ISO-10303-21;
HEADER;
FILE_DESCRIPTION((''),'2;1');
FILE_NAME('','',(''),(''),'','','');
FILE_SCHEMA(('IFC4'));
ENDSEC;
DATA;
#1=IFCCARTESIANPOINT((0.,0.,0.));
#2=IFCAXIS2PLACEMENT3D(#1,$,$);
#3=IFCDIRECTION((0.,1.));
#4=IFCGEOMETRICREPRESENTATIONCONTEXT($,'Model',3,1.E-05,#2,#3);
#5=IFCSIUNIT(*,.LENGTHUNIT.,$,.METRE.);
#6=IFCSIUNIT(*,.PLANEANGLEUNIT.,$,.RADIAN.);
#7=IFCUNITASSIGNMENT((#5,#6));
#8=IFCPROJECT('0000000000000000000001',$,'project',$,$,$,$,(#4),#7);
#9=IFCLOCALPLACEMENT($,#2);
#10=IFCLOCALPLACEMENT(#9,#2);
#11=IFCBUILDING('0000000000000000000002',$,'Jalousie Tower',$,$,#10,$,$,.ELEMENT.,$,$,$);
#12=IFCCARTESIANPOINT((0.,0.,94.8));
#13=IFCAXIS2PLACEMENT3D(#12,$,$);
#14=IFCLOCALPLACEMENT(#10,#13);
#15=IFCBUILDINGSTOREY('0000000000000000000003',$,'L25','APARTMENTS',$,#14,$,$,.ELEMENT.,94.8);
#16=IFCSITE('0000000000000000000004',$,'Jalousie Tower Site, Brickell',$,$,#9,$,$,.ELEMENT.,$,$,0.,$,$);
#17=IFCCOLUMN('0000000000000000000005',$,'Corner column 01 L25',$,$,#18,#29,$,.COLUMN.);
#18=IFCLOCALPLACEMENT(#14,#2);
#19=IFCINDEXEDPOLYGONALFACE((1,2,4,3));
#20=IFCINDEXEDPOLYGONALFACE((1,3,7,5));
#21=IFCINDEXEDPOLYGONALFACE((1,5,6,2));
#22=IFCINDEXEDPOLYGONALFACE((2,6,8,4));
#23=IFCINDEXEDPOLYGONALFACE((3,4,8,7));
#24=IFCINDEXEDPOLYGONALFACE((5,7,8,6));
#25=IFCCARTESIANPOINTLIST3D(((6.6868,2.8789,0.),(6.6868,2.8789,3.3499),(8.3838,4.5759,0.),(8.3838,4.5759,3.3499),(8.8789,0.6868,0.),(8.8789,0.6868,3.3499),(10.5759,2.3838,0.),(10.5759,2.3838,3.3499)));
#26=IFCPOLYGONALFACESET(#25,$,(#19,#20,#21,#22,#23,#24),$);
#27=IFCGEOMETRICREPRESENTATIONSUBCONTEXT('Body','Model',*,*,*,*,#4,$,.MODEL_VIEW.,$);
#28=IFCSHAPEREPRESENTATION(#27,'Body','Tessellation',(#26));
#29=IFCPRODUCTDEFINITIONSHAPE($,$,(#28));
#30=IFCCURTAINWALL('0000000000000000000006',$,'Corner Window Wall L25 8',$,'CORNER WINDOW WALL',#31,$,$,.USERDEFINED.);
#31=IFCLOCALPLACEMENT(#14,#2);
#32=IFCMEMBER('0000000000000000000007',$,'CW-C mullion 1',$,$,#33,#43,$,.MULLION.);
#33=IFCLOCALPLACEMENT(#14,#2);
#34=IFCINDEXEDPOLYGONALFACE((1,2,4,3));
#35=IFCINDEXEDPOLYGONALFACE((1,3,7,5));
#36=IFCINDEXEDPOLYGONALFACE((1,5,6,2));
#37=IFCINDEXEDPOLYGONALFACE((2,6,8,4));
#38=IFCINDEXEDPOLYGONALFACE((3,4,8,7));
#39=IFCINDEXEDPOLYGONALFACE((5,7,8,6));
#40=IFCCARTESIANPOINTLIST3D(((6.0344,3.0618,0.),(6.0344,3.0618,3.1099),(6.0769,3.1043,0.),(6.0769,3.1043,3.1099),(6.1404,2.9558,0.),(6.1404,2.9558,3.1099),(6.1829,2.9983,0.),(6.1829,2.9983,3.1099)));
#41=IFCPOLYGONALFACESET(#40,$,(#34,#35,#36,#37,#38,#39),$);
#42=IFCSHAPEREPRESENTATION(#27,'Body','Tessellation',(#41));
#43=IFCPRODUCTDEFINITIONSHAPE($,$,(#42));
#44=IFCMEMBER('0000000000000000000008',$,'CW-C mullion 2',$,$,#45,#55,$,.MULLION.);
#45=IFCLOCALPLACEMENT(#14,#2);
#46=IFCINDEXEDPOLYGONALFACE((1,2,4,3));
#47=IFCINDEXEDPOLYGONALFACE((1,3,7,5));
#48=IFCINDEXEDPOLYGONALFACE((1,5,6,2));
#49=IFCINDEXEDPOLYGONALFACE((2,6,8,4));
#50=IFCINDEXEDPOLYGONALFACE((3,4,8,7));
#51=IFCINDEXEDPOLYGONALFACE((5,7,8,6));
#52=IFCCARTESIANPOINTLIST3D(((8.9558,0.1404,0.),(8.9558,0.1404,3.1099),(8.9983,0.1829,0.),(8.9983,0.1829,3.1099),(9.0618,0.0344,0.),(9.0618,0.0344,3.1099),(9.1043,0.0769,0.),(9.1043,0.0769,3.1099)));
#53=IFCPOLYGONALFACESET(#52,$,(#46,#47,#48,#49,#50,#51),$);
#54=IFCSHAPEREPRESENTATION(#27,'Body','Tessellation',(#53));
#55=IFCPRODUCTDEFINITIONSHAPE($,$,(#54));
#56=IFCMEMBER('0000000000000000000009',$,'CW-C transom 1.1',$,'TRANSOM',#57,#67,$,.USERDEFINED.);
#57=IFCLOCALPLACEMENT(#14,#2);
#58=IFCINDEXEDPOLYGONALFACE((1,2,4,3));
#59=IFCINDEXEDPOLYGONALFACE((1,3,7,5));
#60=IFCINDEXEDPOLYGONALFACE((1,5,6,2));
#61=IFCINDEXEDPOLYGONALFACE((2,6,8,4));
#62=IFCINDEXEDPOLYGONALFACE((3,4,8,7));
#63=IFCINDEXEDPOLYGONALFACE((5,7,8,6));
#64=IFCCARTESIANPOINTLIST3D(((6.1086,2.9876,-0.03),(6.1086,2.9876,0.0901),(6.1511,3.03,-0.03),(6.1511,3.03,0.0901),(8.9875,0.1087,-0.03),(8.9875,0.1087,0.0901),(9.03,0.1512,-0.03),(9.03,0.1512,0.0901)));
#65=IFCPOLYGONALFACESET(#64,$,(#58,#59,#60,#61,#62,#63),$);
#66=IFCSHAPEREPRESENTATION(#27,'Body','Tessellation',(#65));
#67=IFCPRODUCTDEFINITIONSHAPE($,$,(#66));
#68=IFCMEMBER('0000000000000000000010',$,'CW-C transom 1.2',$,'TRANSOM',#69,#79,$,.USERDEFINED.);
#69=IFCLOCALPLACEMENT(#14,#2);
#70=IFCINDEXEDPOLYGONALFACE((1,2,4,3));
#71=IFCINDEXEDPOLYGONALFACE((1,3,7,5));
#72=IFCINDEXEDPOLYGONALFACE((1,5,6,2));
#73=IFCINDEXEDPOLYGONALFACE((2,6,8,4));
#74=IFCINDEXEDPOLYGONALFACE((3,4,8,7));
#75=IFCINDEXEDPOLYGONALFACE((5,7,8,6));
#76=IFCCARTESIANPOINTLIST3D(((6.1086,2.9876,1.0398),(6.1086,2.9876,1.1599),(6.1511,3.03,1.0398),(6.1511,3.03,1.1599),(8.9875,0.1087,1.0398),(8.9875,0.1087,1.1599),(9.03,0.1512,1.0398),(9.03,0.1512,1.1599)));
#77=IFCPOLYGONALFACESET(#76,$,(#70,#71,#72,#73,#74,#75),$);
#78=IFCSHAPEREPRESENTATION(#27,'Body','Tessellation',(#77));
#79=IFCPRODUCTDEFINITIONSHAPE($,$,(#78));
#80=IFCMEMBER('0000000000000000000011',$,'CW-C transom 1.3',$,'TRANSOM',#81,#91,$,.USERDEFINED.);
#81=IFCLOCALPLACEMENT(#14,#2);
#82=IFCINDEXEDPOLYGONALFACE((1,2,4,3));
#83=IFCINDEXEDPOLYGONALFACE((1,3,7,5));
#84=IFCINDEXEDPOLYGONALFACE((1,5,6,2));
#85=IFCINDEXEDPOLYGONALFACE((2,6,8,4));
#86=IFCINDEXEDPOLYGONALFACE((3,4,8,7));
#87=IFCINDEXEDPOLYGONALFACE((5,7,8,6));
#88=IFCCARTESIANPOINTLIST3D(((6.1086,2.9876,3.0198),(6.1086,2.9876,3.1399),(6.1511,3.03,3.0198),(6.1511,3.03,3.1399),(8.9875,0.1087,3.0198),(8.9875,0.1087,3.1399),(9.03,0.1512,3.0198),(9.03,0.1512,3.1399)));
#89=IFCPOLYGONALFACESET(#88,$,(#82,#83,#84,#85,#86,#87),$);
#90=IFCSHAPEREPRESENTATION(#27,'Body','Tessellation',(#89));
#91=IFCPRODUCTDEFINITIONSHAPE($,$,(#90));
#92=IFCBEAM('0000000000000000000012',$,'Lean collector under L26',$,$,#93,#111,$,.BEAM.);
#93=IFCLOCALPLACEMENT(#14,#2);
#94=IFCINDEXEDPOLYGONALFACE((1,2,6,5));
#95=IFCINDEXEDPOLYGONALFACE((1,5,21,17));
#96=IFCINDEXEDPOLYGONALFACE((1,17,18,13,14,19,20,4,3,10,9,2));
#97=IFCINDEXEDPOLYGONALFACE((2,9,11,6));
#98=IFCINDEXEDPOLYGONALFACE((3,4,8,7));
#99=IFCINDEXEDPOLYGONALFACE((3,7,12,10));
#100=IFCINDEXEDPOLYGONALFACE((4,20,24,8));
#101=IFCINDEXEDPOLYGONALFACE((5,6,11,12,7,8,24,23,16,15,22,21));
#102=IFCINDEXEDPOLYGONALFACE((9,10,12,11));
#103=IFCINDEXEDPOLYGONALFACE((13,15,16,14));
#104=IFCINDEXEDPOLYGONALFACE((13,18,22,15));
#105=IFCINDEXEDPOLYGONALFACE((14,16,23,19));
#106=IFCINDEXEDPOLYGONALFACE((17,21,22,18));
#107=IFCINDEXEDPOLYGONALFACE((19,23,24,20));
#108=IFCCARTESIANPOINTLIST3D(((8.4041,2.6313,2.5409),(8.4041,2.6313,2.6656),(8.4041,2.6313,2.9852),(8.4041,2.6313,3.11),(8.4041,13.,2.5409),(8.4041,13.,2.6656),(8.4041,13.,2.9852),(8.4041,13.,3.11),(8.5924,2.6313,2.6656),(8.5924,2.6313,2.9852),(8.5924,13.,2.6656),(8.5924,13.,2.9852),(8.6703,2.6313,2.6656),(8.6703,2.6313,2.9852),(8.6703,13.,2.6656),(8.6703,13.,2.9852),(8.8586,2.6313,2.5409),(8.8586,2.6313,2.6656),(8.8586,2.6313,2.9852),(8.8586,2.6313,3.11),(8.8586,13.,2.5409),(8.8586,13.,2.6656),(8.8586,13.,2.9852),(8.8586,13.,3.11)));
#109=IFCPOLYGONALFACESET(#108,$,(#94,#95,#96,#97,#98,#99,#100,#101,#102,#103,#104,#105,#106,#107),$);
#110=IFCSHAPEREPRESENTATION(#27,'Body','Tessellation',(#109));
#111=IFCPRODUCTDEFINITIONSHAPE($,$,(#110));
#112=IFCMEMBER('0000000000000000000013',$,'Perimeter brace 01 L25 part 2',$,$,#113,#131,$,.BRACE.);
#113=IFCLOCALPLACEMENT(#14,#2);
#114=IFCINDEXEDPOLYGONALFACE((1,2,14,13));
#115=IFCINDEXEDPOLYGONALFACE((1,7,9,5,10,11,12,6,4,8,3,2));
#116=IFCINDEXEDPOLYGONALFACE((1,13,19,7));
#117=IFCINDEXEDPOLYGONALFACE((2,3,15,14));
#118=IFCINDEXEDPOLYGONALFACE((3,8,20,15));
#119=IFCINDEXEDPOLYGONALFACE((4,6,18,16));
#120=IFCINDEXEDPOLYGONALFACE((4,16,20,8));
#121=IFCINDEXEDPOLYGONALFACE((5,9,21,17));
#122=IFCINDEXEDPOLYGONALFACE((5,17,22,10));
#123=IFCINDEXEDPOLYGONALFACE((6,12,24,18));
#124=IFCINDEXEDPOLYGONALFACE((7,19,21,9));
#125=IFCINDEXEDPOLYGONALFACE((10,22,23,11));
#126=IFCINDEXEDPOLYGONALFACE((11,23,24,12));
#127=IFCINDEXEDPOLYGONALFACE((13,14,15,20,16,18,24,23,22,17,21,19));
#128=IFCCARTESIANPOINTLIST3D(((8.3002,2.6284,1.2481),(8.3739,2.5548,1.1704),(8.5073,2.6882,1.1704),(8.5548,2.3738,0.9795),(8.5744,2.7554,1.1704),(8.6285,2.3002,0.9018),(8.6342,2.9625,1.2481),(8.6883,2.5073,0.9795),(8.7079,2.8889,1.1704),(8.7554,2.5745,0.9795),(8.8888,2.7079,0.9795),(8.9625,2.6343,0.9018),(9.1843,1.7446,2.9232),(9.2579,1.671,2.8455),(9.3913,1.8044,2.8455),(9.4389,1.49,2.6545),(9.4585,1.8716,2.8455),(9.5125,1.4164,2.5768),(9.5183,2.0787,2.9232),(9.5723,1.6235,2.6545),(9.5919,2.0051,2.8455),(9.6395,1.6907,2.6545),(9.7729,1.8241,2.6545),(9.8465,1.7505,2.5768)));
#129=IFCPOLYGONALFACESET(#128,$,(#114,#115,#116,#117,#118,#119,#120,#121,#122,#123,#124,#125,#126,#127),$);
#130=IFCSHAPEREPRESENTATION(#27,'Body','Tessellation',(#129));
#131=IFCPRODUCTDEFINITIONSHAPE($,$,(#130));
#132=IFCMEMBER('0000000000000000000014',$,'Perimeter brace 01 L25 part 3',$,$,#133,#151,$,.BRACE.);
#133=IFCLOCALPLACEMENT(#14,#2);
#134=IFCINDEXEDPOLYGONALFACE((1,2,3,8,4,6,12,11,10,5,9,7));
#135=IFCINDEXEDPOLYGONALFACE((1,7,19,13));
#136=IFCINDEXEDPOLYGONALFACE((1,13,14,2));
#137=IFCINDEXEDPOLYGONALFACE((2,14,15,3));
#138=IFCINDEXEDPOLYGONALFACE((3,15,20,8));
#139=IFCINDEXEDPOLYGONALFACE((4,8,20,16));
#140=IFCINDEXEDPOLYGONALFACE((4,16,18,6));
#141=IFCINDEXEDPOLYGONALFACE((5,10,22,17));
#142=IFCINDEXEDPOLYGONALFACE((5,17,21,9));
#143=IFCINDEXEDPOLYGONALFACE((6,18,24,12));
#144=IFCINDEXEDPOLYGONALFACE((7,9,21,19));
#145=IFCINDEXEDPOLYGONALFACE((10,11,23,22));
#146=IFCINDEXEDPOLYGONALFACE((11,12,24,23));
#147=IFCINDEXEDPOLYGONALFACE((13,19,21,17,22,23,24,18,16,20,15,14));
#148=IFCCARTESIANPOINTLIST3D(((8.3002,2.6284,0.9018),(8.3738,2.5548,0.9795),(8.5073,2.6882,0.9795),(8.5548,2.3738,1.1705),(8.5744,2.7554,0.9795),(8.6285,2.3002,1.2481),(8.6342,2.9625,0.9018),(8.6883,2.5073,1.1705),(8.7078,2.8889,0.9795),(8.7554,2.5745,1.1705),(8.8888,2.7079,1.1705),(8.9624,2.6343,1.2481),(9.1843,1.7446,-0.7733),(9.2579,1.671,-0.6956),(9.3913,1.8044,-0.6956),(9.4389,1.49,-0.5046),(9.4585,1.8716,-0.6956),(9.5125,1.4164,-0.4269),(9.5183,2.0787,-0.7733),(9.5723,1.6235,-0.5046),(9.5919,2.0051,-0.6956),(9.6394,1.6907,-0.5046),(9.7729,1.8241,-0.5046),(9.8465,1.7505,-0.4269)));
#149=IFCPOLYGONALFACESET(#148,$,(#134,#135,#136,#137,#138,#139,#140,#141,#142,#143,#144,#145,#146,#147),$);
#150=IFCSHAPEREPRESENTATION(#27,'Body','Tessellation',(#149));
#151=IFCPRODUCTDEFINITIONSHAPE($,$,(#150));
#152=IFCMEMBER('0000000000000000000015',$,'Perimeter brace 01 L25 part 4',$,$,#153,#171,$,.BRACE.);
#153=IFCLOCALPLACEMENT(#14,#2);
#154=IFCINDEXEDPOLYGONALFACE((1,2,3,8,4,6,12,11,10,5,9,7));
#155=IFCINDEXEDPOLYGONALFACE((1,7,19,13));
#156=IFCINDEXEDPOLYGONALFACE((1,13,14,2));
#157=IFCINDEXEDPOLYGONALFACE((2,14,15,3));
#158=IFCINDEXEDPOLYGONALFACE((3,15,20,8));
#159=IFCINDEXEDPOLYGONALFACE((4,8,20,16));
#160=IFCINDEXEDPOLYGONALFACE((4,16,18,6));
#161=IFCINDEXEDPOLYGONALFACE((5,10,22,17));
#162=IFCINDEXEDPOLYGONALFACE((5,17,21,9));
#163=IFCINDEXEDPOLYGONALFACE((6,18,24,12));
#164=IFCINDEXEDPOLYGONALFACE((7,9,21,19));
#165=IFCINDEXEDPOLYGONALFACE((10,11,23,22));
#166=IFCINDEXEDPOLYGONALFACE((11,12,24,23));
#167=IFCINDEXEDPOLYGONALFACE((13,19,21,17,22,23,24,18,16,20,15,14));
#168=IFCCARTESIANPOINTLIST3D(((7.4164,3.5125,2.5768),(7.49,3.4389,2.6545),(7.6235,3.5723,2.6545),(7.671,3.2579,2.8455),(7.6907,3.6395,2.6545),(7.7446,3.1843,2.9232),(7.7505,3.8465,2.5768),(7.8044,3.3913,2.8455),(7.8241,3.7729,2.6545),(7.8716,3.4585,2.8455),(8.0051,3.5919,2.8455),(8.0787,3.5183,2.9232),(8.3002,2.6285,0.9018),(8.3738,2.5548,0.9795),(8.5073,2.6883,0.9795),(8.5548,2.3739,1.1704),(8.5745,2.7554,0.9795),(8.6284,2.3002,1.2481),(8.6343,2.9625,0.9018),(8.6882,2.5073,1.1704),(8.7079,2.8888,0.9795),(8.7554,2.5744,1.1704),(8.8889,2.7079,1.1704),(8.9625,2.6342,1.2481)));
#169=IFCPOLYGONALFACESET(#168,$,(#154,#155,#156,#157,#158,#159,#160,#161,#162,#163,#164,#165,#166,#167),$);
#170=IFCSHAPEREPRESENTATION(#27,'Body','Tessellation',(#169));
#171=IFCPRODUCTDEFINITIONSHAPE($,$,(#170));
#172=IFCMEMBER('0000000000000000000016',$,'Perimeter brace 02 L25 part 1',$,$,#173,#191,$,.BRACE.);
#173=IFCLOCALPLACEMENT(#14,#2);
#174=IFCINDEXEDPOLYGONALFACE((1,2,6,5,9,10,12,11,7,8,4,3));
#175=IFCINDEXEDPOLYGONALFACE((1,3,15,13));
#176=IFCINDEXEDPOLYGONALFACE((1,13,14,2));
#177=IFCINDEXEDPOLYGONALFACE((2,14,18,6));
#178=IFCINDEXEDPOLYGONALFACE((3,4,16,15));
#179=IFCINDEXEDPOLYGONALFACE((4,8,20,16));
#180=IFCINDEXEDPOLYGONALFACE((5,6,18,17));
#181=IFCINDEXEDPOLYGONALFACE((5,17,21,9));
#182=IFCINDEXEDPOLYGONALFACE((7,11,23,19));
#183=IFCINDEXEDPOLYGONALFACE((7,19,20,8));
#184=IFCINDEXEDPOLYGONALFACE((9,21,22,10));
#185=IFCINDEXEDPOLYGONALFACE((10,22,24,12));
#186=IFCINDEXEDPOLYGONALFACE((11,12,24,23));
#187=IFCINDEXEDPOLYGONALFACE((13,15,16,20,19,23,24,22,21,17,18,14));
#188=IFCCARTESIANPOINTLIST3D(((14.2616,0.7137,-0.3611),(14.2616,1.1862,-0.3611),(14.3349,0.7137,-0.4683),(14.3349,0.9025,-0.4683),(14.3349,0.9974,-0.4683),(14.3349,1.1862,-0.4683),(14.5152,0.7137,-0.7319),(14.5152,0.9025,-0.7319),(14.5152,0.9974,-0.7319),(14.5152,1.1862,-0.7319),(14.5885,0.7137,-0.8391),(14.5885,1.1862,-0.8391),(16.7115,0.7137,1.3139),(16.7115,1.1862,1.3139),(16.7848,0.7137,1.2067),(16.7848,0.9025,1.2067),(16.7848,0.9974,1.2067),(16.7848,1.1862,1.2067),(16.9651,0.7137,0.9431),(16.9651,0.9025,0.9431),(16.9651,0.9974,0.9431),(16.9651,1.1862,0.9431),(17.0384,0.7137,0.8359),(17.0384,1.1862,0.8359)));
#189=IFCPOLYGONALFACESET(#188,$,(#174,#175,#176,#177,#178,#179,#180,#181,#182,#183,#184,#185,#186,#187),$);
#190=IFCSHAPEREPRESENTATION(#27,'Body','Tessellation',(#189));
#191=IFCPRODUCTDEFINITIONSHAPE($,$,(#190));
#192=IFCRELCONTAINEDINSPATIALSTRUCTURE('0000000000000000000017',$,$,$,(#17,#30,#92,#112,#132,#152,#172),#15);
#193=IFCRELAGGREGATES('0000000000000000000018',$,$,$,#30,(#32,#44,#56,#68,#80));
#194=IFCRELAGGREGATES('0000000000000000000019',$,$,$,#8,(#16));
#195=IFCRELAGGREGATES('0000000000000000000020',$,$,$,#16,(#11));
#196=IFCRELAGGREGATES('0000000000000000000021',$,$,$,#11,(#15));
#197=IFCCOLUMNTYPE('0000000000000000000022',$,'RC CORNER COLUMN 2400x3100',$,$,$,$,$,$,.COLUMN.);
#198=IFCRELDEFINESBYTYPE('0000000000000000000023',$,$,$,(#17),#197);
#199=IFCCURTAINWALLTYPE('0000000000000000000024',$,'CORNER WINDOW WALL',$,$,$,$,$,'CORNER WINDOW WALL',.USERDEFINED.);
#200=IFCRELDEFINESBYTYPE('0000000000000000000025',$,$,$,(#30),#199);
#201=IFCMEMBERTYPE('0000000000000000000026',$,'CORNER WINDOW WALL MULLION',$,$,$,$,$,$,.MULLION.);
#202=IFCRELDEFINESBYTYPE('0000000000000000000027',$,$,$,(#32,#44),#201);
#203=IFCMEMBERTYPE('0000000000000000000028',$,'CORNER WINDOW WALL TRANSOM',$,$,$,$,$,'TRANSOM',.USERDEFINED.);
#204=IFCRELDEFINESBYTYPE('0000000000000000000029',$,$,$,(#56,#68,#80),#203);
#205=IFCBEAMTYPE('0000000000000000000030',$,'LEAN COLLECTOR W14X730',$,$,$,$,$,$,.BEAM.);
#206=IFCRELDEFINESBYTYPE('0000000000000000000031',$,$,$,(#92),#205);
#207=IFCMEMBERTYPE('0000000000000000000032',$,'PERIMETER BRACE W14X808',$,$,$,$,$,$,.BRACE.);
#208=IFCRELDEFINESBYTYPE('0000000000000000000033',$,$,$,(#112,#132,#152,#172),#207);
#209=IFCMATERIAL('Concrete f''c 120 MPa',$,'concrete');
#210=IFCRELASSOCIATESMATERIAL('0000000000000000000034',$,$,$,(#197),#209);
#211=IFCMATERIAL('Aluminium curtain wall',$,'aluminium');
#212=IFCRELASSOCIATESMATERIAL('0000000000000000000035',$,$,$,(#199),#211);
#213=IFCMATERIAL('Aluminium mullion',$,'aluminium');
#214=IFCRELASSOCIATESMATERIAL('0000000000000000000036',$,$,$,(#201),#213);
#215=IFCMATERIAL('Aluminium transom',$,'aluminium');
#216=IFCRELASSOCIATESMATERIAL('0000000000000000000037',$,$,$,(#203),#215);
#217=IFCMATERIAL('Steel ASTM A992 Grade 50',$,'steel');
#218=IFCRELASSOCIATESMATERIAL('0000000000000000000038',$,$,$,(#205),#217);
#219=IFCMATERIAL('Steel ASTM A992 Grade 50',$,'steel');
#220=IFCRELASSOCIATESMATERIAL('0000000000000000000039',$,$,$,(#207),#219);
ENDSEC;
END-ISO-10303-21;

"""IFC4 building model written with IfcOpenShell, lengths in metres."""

from ifc_helpers import new_model, si_unit, direction, frame, origin, origin_2d, place, context, subcontext, project, spatial, rectangle, i_section, extrude, material, material_profile, profile_set, type_object, element, aggregate, save


model = new_model("IFC4")

# Units and contexts
model_context = context("Model", 3, precision=1e-05, world=origin(), true_north=direction((0.0, 1.0)))
body_context = subcontext(model_context, "Body", "Model", "MODEL_VIEW")
ifc_project = project(units=[si_unit("LENGTHUNIT", "METRE"), si_unit("PLANEANGLEUNIT", "RADIAN")], contexts=[model_context])

# Site, building, storey
site_placement = place(None, origin())
site = spatial("IfcSite", under=ifc_project, at=site_placement, Name="Jalousie Tower Site, Brickell", CompositionType="ELEMENT", RefElevation=0.0)
building_placement = place(site_placement, origin())
building = spatial("IfcBuilding", under=site, at=building_placement, Name="Jalousie Tower", CompositionType="ELEMENT")
storey_placement = place(building_placement, frame((0.0, 0.0, 94.8)))
storey = spatial("IfcBuildingStorey", under=building, at=storey_placement, Name="L25", Description="APARTMENTS", CompositionType="ELEMENT", Elevation=94.8)

# Column
ifc_material_1 = material(Name="Concrete f'c 120 MPa", Category="concrete")
ifc_material_profile_1 = material_profile(ifc_material_1, rectangle(XDim=2.3999, YDim=3.1001, at=origin_2d()), Name="RC 2400x3100")
ifc_profile_set_1 = profile_set([ifc_material_profile_1], Name="Concrete f'c 120 MPa")
column_type = type_object("IfcColumnType", Name="RC CORNER COLUMN 2400x3100", PredefinedType="COLUMN", material=ifc_profile_set_1)
column_placement = place(storey_placement, frame((8.6313, 2.6313, 0.0), z_axis=(0.0, 0.0, 1.0), x_axis=(0.707107, 0.707107, 0.0)))
element("IfcColumn", 1, at=column_placement, inside=storey, type_object=column_type, Name="Corner column 01 L25", PredefinedType="COLUMN", context=body_context, shape_type="SweptSolid", body=[
    extrude(rectangle(XDim=2.3999, YDim=3.1001, at=origin_2d()), origin(), (0.0, 0.0, 1.0), 3.3499),
])

# Curtain wall, members
ifc_material_2 = material(Name="Aluminium curtain wall", Category="aluminium")
curtain_wall_type_1 = type_object("IfcCurtainWallType", Name="CORNER WINDOW WALL", ElementType="CORNER WINDOW WALL", PredefinedType="USERDEFINED", material=ifc_material_2)
curtain_wall_1_placement = place(storey_placement, origin())
curtain_wall_1 = element("IfcCurtainWall", 2, at=curtain_wall_1_placement, inside=storey, type_object=curtain_wall_type_1, Name="Corner Window Wall L25 8", ObjectType="CORNER WINDOW WALL", PredefinedType="USERDEFINED")
ifc_material_3 = material(Name="Aluminium mullion", Category="aluminium")
ifc_material_profile_2 = material_profile(ifc_material_3, rectangle(XDim=0.0601, YDim=0.1499, at=origin_2d()), Name="MULLION 60x150")
ifc_profile_set_2 = profile_set([ifc_material_profile_2], Name="Aluminium mullion")
member_type_1 = type_object("IfcMemberType", Name="CORNER WINDOW WALL MULLION", PredefinedType="MULLION", material=ifc_profile_set_2)
member_1_placement = place(storey_placement, frame((6.1086, 3.03, 0.0), z_axis=(0.0, 0.0, 1.0), x_axis=(0.707107, 0.707107, 0.0)))
member_1 = element("IfcMember", 3, at=member_1_placement, type_object=member_type_1, Name="CW-C mullion 1", PredefinedType="MULLION", context=body_context, shape_type="SweptSolid", body=[
    extrude(rectangle(XDim=0.0601, YDim=0.1499, at=origin_2d()), origin(), (0.0, 0.0, 1.0), 3.1099),
])
member_2_placement = place(storey_placement, frame((9.03, 0.1086, 0.0), z_axis=(0.0, 0.0, 1.0), x_axis=(0.707107, 0.707107, 0.0)))
member_2 = element("IfcMember", 4, at=member_2_placement, type_object=member_type_1, Name="CW-C mullion 2", PredefinedType="MULLION", context=body_context, shape_type="SweptSolid", body=[
    extrude(rectangle(XDim=0.0601, YDim=0.1499, at=origin_2d()), origin(), (0.0, 0.0, 1.0), 3.1099),
])
ifc_material_4 = material(Name="Aluminium transom", Category="aluminium")
ifc_material_profile_3 = material_profile(ifc_material_4, rectangle(XDim=0.0601, YDim=0.1201, at=origin_2d()), Name="TRANSOM 60x120")
ifc_profile_set_3 = profile_set([ifc_material_profile_3], Name="Aluminium transom")
member_type_2 = type_object("IfcMemberType", Name="CORNER WINDOW WALL TRANSOM", ElementType="TRANSOM", PredefinedType="USERDEFINED", material=ifc_profile_set_3)
member_3_placement = place(storey_placement, frame((6.1299, 3.0088, 0.03), z_axis=(0.707107, -0.707107, 0.0), x_axis=(0.707107, 0.707107, 0.0)))
member_3 = element("IfcMember", 5, at=member_3_placement, type_object=member_type_2, Name="CW-C transom 1.1", ObjectType="TRANSOM", PredefinedType="USERDEFINED", context=body_context, shape_type="SweptSolid", body=[
    extrude(rectangle(XDim=0.0601, YDim=0.1201, at=origin_2d()), origin(), (0.0, 0.0, 1.0), 4.0713),
])
member_4_placement = place(storey_placement, frame((6.1299, 3.0088, 1.0999), z_axis=(0.707107, -0.707107, 0.0), x_axis=(0.707107, 0.707107, 0.0)))
member_4 = element("IfcMember", 6, at=member_4_placement, type_object=member_type_2, Name="CW-C transom 1.2", ObjectType="TRANSOM", PredefinedType="USERDEFINED", context=body_context, shape_type="SweptSolid", body=[
    extrude(rectangle(XDim=0.0601, YDim=0.1201, at=origin_2d()), origin(), (0.0, 0.0, 1.0), 4.0713),
])
member_5_placement = place(storey_placement, frame((6.1299, 3.0088, 3.0798), z_axis=(0.707107, -0.707107, 0.0), x_axis=(0.707107, 0.707107, 0.0)))
member_5 = element("IfcMember", 7, at=member_5_placement, type_object=member_type_2, Name="CW-C transom 1.3", ObjectType="TRANSOM", PredefinedType="USERDEFINED", context=body_context, shape_type="SweptSolid", body=[
    extrude(rectangle(XDim=0.0601, YDim=0.1201, at=origin_2d()), origin(), (0.0, 0.0, 1.0), 4.0713),
])

# Beam
ifc_material_5 = material(Name="Steel ASTM A992 Grade 50", Category="steel")
ifc_material_profile_4 = material_profile(ifc_material_5, i_section(OverallWidth=0.4546, OverallDepth=0.5691, WebThickness=0.0779, FlangeThickness=0.1248, at=origin_2d()), Name="W14X730")
ifc_profile_set_4 = profile_set([ifc_material_profile_4], Name="Steel ASTM A992 Grade 50")
beam_type_1 = type_object("IfcBeamType", Name="LEAN COLLECTOR W14X730", PredefinedType="BEAM", material=ifc_profile_set_4)
beam_1_placement = place(storey_placement, frame((8.6313, 2.6313, 2.8254), z_axis=(0.0, 1.0, 0.0), x_axis=(-1.0, 0.0, 0.0)))
element("IfcBeam", 8, at=beam_1_placement, inside=storey, type_object=beam_type_1, Name="Lean collector under L26", PredefinedType="BEAM", context=body_context, shape_type="SweptSolid", body=[
    extrude(i_section(OverallWidth=0.4546, OverallDepth=0.5691, WebThickness=0.0779, FlangeThickness=0.1248, at=origin_2d()), origin(), (0.0, 0.0, 1.0), 10.3687),
])

# Members
ifc_material_6 = material(Name="Steel ASTM A992 Grade 50", Category="steel")
ifc_material_profile_5 = material_profile(ifc_material_6, i_section(OverallWidth=0.4724, OverallDepth=0.5791, WebThickness=0.095, FlangeThickness=0.1299, at=origin_2d()), Name="W14X808")
ifc_profile_set_5 = profile_set([ifc_material_profile_5], Name="Steel ASTM A992 Grade 50")
member_type_3 = type_object("IfcMemberType", Name="PERIMETER BRACE W14X808", PredefinedType="BRACE", material=ifc_profile_set_5)
for number, where, z_axis, x_axis, name in (
    (9, (8.6313, 2.6313, 1.075), (0.422969, -0.422852, 0.801432), (0.707009, 0.707204, 0.0), "Perimeter brace 01 L25 part 2"),
    (10, (9.5154, 1.7476, -0.6001), (-0.422969, 0.422852, 0.801432), (-0.707009, -0.707204, 0.0), "Perimeter brace 01 L25 part 3"),
    (11, (8.6313, 2.6313, 1.075), (-0.422852, 0.422969, 0.801432), (-0.707204, -0.707009, 0.0), "Perimeter brace 01 L25 part 4"),
):
    element("IfcMember", number, at=place(storey_placement, frame(where, z_axis=z_axis, x_axis=x_axis)), inside=storey, type_object=member_type_3, Name=name, PredefinedType="BRACE", context=body_context, shape_type="SweptSolid", body=[
        extrude(i_section(OverallWidth=0.4724, OverallDepth=0.5791, WebThickness=0.095, FlangeThickness=0.1299, at=origin_2d()), origin(), (0.0, 0.0, 1.0), 2.0901),
    ])
member_6_placement = place(storey_placement, frame((14.425, 0.95, -0.6001), z_axis=(0.825501, 0.0, 0.564401), x_axis=(0.0, 1.0, 0.0)))
element("IfcMember", 12, at=member_6_placement, inside=storey, type_object=member_type_3, Name="Perimeter brace 02 L25 part 1", PredefinedType="BRACE", context=body_context, shape_type="SweptSolid", body=[
    extrude(i_section(OverallWidth=0.4724, OverallDepth=0.5791, WebThickness=0.095, FlangeThickness=0.1299, at=origin_2d()), origin(), (0.0, 0.0, 1.0), 2.9678),
])

aggregate(curtain_wall_1, [member_1, member_2, member_3, member_4, member_5])

save(model, "model.ifc")
